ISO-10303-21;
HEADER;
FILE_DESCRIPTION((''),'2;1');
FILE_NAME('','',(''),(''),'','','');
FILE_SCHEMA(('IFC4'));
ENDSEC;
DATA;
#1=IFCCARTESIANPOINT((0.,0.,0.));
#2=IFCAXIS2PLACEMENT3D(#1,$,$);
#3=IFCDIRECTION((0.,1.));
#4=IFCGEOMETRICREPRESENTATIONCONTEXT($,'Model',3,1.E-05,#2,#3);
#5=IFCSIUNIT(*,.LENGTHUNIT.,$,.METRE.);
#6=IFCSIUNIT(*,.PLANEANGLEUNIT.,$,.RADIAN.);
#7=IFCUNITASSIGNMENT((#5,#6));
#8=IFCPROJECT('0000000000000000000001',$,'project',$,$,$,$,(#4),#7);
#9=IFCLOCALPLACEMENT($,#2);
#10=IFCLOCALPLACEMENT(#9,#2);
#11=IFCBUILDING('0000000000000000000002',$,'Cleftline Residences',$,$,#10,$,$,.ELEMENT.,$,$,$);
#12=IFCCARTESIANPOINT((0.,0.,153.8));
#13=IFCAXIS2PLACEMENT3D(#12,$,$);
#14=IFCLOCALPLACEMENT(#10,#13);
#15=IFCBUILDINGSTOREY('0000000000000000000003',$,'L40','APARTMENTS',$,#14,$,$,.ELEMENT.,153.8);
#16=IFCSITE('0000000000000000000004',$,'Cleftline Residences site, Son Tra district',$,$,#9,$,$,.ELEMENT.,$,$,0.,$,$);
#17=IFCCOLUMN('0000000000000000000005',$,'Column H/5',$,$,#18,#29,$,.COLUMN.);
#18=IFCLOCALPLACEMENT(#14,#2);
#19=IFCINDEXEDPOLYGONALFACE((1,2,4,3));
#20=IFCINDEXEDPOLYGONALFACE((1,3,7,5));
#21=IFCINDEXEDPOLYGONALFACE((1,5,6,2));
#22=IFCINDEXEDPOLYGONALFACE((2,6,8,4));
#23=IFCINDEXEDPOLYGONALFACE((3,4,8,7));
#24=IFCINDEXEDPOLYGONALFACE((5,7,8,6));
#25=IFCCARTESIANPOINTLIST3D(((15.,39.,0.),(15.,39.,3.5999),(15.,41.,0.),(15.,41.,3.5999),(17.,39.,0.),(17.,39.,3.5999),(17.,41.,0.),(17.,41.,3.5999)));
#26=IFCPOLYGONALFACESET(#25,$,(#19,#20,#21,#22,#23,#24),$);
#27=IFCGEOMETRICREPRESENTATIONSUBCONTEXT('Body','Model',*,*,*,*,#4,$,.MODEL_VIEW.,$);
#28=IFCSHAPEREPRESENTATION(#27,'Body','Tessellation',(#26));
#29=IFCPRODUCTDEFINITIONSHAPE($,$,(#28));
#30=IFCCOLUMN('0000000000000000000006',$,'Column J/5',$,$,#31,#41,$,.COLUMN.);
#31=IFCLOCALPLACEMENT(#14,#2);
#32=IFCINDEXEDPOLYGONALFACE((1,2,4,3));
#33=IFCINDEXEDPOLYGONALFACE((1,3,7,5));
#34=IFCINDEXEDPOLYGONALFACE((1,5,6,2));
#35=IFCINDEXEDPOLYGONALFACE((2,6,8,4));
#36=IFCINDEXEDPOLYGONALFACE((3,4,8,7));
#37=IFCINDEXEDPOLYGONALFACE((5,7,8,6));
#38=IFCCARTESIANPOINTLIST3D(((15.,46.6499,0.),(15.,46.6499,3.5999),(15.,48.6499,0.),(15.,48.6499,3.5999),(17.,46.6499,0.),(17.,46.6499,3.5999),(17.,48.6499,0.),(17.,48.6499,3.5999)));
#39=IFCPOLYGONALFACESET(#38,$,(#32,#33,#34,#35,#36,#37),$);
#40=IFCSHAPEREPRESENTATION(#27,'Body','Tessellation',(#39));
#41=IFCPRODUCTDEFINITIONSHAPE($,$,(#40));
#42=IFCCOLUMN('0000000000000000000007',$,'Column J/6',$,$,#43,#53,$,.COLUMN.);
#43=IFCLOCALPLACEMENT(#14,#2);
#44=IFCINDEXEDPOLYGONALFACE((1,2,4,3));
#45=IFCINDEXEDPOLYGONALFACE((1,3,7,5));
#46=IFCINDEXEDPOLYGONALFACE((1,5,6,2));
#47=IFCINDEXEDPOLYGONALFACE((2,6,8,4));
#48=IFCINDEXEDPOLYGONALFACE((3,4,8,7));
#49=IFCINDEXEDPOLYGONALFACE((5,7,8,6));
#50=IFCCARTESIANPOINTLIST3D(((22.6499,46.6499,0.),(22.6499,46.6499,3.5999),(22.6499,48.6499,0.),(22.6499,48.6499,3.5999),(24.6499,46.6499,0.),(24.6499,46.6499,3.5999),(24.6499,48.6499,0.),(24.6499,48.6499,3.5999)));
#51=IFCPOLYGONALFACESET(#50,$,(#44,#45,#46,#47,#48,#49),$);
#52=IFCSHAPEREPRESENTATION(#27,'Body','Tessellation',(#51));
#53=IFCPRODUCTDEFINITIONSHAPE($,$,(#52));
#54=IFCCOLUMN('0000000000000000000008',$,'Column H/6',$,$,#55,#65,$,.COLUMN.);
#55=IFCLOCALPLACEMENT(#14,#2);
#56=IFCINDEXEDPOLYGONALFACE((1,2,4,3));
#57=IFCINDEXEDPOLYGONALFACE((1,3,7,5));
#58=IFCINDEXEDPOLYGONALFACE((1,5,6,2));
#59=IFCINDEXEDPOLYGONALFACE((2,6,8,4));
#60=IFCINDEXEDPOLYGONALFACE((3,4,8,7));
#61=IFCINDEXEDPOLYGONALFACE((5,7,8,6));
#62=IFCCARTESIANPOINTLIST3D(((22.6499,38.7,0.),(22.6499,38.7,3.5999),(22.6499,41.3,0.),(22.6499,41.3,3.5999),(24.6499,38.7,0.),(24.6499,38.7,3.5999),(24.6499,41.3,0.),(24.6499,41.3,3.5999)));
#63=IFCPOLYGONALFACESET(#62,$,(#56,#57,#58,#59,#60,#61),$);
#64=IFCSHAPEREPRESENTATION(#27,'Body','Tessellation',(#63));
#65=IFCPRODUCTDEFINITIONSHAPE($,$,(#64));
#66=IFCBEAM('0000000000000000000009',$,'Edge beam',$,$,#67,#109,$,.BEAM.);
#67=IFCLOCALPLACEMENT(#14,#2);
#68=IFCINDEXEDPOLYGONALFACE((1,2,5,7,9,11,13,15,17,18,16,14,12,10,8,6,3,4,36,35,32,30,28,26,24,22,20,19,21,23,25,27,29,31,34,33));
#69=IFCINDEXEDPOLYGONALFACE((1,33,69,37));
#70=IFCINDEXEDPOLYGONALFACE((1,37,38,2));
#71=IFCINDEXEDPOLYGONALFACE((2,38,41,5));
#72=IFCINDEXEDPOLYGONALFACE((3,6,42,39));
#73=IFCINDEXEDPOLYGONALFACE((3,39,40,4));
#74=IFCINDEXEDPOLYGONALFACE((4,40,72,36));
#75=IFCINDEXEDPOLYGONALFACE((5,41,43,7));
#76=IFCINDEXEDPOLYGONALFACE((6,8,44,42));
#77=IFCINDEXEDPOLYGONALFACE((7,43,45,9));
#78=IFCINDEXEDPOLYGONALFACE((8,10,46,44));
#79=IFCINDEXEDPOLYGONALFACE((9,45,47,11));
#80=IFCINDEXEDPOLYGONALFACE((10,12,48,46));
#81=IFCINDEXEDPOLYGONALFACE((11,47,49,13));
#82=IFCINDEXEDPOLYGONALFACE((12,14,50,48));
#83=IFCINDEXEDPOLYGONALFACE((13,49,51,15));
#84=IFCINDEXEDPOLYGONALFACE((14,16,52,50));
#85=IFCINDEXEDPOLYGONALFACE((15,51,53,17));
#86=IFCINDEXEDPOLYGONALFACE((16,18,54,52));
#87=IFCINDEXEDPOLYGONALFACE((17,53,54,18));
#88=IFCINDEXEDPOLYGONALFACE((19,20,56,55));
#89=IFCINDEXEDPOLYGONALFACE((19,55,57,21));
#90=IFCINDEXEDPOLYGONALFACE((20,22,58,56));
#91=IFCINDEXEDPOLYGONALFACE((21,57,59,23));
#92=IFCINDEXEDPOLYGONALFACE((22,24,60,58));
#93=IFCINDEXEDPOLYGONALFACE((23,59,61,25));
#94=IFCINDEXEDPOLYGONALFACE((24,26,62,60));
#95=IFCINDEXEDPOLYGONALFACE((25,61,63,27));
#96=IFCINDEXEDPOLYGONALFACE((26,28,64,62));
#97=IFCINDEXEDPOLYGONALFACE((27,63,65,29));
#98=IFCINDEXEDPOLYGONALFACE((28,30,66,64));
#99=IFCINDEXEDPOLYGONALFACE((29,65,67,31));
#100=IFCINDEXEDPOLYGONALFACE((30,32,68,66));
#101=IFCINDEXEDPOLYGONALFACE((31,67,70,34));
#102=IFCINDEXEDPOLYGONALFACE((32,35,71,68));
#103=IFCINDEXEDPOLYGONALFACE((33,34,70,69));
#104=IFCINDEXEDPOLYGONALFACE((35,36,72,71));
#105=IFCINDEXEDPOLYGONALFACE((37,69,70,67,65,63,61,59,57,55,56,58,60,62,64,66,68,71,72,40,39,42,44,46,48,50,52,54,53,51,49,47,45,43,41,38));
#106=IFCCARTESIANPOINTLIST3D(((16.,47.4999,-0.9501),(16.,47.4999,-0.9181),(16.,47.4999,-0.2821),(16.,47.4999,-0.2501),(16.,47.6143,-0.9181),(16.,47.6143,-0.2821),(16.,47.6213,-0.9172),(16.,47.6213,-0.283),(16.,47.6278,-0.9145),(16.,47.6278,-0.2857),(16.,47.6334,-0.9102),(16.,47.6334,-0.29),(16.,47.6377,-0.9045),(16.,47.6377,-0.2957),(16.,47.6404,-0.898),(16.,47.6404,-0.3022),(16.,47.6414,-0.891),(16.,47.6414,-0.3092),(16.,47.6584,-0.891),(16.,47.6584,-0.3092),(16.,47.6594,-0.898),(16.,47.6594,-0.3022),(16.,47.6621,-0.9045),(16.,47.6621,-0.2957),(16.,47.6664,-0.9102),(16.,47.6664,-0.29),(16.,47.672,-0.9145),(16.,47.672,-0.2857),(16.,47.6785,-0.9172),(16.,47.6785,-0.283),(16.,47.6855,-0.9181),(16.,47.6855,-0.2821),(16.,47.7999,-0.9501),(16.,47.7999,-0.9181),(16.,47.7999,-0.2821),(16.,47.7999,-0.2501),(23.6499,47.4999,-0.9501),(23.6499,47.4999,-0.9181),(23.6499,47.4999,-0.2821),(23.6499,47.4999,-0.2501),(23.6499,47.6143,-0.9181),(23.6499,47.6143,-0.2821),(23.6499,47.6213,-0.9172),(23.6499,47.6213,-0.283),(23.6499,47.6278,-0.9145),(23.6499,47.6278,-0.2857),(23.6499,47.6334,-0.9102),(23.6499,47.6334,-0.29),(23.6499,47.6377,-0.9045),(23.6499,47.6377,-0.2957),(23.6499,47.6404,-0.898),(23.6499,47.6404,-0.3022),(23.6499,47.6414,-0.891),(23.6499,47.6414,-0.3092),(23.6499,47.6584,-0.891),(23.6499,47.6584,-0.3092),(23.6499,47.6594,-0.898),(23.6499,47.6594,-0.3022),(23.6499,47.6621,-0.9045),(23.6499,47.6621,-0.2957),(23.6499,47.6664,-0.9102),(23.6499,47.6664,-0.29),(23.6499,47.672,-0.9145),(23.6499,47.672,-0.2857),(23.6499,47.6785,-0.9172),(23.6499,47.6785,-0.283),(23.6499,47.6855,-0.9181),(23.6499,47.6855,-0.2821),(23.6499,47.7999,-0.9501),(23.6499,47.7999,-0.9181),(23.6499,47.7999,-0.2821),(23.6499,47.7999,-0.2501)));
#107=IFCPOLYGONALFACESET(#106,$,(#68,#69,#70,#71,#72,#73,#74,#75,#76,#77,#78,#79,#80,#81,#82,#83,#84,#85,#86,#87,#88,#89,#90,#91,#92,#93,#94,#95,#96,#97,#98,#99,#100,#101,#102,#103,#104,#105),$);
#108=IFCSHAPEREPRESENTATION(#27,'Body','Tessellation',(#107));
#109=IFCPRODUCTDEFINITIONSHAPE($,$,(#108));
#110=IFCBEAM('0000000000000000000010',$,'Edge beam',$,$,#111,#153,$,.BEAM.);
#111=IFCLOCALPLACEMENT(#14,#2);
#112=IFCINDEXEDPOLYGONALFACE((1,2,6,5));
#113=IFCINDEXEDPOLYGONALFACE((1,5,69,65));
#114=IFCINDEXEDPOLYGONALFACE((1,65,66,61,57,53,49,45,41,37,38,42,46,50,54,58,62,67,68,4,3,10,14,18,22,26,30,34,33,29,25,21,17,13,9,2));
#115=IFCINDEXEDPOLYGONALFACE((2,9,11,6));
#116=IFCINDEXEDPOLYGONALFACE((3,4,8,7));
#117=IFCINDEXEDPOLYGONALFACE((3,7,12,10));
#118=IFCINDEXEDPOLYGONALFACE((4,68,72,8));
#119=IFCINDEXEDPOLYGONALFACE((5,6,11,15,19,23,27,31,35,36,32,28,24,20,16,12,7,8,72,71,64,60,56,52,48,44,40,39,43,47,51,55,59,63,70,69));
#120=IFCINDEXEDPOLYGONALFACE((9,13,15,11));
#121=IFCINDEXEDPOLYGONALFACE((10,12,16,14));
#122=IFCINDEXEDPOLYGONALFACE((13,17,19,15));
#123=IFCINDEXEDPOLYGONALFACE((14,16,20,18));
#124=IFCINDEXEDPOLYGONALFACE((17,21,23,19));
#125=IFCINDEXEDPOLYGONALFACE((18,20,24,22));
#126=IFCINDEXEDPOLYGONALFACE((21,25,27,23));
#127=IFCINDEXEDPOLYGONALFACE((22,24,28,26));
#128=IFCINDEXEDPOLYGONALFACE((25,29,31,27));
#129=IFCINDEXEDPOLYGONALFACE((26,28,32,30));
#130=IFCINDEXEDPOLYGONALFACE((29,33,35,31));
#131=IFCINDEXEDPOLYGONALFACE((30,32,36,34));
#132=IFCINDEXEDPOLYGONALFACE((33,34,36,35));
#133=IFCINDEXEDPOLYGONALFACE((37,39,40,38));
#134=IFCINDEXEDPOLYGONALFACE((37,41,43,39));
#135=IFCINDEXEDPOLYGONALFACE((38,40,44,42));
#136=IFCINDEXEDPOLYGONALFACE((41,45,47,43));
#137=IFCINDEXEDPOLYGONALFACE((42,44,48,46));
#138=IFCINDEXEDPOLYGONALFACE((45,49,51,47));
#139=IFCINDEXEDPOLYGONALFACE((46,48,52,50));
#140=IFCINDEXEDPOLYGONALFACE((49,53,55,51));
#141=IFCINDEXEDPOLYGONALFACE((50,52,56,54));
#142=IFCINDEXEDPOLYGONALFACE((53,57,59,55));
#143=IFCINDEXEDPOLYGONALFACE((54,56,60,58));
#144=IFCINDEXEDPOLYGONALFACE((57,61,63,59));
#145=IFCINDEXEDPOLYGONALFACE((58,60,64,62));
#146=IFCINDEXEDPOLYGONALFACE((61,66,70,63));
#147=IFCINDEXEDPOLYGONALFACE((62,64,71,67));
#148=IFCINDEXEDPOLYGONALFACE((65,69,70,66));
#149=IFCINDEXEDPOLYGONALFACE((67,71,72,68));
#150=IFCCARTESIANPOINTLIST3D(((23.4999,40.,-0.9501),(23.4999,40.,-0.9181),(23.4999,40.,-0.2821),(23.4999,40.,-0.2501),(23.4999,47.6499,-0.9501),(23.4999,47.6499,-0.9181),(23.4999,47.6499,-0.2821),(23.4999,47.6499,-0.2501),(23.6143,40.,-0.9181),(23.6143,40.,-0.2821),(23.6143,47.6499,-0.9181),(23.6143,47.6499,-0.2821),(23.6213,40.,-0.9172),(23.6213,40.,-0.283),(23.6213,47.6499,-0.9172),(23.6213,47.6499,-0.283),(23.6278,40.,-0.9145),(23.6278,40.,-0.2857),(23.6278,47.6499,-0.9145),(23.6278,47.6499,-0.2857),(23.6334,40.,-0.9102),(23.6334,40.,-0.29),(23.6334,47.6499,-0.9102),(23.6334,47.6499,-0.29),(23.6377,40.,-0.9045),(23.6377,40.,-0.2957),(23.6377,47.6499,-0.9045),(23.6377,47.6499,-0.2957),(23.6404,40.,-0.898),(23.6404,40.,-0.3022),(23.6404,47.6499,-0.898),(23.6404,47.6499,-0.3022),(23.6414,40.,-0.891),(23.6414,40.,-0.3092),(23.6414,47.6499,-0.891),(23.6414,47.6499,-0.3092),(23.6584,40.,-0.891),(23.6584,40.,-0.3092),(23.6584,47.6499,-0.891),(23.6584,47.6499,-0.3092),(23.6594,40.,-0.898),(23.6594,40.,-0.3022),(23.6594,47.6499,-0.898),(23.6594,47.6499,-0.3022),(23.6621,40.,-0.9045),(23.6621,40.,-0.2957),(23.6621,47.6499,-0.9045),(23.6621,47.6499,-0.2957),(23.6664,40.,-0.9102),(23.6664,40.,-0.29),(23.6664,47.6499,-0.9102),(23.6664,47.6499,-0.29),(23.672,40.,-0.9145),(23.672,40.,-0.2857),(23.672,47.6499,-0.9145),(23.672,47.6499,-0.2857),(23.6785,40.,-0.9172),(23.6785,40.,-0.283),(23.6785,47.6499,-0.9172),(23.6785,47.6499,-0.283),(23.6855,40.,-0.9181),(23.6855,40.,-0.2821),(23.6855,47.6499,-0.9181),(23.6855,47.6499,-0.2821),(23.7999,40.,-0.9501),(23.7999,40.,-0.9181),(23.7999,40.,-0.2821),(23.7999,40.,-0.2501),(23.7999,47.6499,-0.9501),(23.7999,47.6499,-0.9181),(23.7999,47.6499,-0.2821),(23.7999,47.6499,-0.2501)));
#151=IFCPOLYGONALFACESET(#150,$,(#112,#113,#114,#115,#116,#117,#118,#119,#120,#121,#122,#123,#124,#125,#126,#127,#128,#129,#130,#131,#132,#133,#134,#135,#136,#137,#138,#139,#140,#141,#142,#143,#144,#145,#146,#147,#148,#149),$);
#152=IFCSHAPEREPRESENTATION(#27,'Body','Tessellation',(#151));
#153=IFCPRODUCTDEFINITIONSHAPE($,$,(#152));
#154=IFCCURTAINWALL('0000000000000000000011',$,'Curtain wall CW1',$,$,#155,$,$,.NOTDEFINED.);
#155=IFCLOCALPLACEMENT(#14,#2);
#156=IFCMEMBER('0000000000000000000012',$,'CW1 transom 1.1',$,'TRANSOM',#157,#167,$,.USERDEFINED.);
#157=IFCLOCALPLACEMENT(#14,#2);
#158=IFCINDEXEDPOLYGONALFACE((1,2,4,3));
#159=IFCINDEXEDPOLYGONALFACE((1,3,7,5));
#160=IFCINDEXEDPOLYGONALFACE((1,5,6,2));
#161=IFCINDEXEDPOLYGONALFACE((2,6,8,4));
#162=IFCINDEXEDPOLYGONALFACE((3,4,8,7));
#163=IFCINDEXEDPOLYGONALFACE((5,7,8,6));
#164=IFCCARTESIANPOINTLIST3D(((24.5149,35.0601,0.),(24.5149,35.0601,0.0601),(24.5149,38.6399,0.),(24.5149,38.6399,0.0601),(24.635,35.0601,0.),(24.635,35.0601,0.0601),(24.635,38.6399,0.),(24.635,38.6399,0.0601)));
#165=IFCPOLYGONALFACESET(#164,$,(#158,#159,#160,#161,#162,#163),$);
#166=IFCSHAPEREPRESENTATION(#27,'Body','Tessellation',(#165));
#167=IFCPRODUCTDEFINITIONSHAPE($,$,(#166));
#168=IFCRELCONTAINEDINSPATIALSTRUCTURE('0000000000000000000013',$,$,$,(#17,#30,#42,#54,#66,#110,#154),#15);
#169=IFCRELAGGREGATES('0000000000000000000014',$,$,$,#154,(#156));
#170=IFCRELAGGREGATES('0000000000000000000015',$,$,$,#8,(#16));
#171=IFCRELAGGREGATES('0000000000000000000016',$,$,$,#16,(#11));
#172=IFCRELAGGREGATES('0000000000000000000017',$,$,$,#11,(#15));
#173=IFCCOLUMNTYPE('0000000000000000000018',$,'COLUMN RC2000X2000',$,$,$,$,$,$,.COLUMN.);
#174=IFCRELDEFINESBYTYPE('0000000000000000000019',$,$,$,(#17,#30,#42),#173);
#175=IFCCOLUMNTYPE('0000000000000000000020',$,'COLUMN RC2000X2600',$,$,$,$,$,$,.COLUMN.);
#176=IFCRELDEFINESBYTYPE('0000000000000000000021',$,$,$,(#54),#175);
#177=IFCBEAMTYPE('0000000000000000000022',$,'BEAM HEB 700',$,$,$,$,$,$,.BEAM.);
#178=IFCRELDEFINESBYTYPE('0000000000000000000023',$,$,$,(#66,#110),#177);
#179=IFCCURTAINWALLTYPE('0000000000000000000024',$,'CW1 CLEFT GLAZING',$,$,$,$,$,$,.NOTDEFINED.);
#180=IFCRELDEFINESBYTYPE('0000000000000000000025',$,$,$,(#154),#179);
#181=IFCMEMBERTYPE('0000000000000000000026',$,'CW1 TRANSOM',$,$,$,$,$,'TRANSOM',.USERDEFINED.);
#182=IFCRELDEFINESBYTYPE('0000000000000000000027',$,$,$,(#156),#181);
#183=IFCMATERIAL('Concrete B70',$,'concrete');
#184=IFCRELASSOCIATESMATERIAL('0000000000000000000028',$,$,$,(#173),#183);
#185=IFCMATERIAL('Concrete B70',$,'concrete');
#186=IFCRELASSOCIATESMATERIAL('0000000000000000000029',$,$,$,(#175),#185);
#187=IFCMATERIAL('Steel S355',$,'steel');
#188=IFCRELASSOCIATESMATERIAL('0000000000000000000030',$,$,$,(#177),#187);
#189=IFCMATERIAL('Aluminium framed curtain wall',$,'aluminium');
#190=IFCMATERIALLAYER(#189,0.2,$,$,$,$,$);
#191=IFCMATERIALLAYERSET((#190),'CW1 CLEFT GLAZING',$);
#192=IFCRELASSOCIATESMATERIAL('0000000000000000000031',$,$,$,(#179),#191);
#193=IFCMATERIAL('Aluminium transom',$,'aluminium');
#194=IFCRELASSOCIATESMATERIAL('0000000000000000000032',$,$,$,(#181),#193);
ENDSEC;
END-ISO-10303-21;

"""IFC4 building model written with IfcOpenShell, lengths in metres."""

from ifc_helpers import new_model, si_unit, direction, frame, origin, origin_2d, place, context, subcontext, project, spatial, rectangle, i_section, extrude, material, layer, layer_set, material_profile, profile_set, type_object, element, aggregate, save


model = new_model("IFC4")

# Units and contexts
model_context = context("Model", 3, precision=1e-05, world=origin(), true_north=direction((0.0, 1.0)))
body_context = subcontext(model_context, "Body", "Model", "MODEL_VIEW")
ifc_project = project(units=[si_unit("LENGTHUNIT", "METRE"), si_unit("PLANEANGLEUNIT", "RADIAN")], contexts=[model_context])

# Site, building, storey
site_placement = place(None, origin())
site = spatial("IfcSite", under=ifc_project, at=site_placement, Name="Cleftline Residences site, Son Tra district", CompositionType="ELEMENT", RefElevation=0.0)
building_placement = place(site_placement, origin())
building = spatial("IfcBuilding", under=site, at=building_placement, Name="Cleftline Residences", CompositionType="ELEMENT")
storey_placement = place(building_placement, frame((0.0, 0.0, 153.8)))
storey = spatial("IfcBuildingStorey", under=building, at=storey_placement, Name="L40", Description="APARTMENTS", CompositionType="ELEMENT", Elevation=153.8)

# Columns
ifc_material_1 = material(Name="Concrete B70", Category="concrete")
ifc_material_profile_1 = material_profile(ifc_material_1, rectangle(XDim=2.0, YDim=2.0, at=origin_2d()))
ifc_profile_set_1 = profile_set([ifc_material_profile_1], Name="Concrete B70")
column_type_1 = type_object("IfcColumnType", Name="COLUMN RC2000X2000", PredefinedType="COLUMN", material=ifc_profile_set_1)
for number, where, z_axis, x_axis, name in (
    (1, (16.0, 40.0, 0.0), (0.0, 0.0, 1.0), (1.0, 0.0, 0.0), "Column H/5"),
    (2, (16.0, 47.6499, 0.0), (0.0, 0.0, 1.0), (1.0, 0.0, 0.0), "Column J/5"),
    (3, (23.6499, 47.6499, 0.0), (0.0, 0.0, 1.0), (1.0, 0.0, 0.0), "Column J/6"),
):
    element("IfcColumn", number, at=place(storey_placement, frame(where, z_axis=z_axis, x_axis=x_axis)), inside=storey, type_object=column_type_1, Name=name, PredefinedType="COLUMN", context=body_context, shape_type="SweptSolid", body=[
        extrude(rectangle(XDim=2.0, YDim=2.0, at=origin_2d()), origin(), (0.0, 0.0, 1.0), 3.5999),
    ])
ifc_material_2 = material(Name="Concrete B70", Category="concrete")
ifc_material_profile_2 = material_profile(ifc_material_2, rectangle(XDim=2.0, YDim=2.6001, at=origin_2d()))
ifc_profile_set_2 = profile_set([ifc_material_profile_2], Name="Concrete B70")
column_type_2 = type_object("IfcColumnType", Name="COLUMN RC2000X2600", PredefinedType="COLUMN", material=ifc_profile_set_2)
column_placement = place(storey_placement, frame((23.6499, 40.0, 0.0), z_axis=(0.0, 0.0, 1.0), x_axis=(1.0, 0.0, 0.0)))
element("IfcColumn", 4, at=column_placement, inside=storey, type_object=column_type_2, Name="Column H/6", PredefinedType="COLUMN", context=body_context, shape_type="SweptSolid", body=[
    extrude(rectangle(XDim=2.0, YDim=2.6001, at=origin_2d()), origin(), (0.0, 0.0, 1.0), 3.5999),
])

# Beams
ifc_material_3 = material(Name="Steel S355", Category="steel")
ifc_material_profile_3 = material_profile(ifc_material_3, i_section(OverallWidth=0.3, OverallDepth=0.7, WebThickness=0.0171, FlangeThickness=0.032, FilletRadius=0.0271, at=origin_2d()))
ifc_profile_set_3 = profile_set([ifc_material_profile_3], Name="Steel S355")
beam_type = type_object("IfcBeamType", Name="BEAM HEB 700", PredefinedType="BEAM", material=ifc_profile_set_3)
for number, where, z_axis, x_axis, name in (
    (5, (16.0, 47.6499, -0.6001), (1.0, 0.0, 0.0), (0.0, 1.0, 0.0), "Edge beam"),
    (6, (23.6499, 47.6499, -0.6001), (0.0, -1.0, 0.0), (1.0, 0.0, 0.0), "Edge beam"),
):
    element("IfcBeam", number, at=place(storey_placement, frame(where, z_axis=z_axis, x_axis=x_axis)), inside=storey, type_object=beam_type, Name=name, PredefinedType="BEAM", context=body_context, shape_type="SweptSolid", body=[
        extrude(i_section(OverallWidth=0.3, OverallDepth=0.7, WebThickness=0.0171, FlangeThickness=0.032, FilletRadius=0.0271, at=origin_2d()), origin(), (0.0, 0.0, 1.0), 7.6499),
    ])

# Curtain wall, member
ifc_material_4 = material(Name="Aluminium framed curtain wall", Category="aluminium")
ifc_layer_1 = layer(ifc_material_4, 0.2)
ifc_layer_set_1 = layer_set([ifc_layer_1], Name="CW1 CLEFT GLAZING")
curtain_wall_type = type_object("IfcCurtainWallType", Name="CW1 CLEFT GLAZING", PredefinedType="NOTDEFINED", material=ifc_layer_set_1)
curtain_wall_placement = place(storey_placement, origin())
curtain_wall = element("IfcCurtainWall", 7, at=curtain_wall_placement, inside=storey, type_object=curtain_wall_type, Name="Curtain wall CW1", PredefinedType="NOTDEFINED")
ifc_material_5 = material(Name="Aluminium transom", Category="aluminium")
ifc_material_profile_4 = material_profile(ifc_material_5, rectangle(XDim=0.1201, YDim=0.0601, at=origin_2d()))
ifc_profile_set_4 = profile_set([ifc_material_profile_4], Name="Aluminium transom")
member_type = type_object("IfcMemberType", Name="CW1 TRANSOM", ElementType="TRANSOM", PredefinedType="USERDEFINED", material=ifc_profile_set_4)
member_placement = place(storey_placement, frame((24.575, 35.0601, 0.03), z_axis=(0.0, 1.0, 0.0), x_axis=(-1.0, 0.0, 0.0)))
member = element("IfcMember", 8, at=member_placement, type_object=member_type, Name="CW1 transom 1.1", ObjectType="TRANSOM", PredefinedType="USERDEFINED", context=body_context, shape_type="SweptSolid", body=[
    extrude(rectangle(XDim=0.1201, YDim=0.0601, at=origin_2d()), origin(), (0.0, 0.0, 1.0), 3.5798),
])
aggregate(curtain_wall, [member])

save(model, "model.ifc")
